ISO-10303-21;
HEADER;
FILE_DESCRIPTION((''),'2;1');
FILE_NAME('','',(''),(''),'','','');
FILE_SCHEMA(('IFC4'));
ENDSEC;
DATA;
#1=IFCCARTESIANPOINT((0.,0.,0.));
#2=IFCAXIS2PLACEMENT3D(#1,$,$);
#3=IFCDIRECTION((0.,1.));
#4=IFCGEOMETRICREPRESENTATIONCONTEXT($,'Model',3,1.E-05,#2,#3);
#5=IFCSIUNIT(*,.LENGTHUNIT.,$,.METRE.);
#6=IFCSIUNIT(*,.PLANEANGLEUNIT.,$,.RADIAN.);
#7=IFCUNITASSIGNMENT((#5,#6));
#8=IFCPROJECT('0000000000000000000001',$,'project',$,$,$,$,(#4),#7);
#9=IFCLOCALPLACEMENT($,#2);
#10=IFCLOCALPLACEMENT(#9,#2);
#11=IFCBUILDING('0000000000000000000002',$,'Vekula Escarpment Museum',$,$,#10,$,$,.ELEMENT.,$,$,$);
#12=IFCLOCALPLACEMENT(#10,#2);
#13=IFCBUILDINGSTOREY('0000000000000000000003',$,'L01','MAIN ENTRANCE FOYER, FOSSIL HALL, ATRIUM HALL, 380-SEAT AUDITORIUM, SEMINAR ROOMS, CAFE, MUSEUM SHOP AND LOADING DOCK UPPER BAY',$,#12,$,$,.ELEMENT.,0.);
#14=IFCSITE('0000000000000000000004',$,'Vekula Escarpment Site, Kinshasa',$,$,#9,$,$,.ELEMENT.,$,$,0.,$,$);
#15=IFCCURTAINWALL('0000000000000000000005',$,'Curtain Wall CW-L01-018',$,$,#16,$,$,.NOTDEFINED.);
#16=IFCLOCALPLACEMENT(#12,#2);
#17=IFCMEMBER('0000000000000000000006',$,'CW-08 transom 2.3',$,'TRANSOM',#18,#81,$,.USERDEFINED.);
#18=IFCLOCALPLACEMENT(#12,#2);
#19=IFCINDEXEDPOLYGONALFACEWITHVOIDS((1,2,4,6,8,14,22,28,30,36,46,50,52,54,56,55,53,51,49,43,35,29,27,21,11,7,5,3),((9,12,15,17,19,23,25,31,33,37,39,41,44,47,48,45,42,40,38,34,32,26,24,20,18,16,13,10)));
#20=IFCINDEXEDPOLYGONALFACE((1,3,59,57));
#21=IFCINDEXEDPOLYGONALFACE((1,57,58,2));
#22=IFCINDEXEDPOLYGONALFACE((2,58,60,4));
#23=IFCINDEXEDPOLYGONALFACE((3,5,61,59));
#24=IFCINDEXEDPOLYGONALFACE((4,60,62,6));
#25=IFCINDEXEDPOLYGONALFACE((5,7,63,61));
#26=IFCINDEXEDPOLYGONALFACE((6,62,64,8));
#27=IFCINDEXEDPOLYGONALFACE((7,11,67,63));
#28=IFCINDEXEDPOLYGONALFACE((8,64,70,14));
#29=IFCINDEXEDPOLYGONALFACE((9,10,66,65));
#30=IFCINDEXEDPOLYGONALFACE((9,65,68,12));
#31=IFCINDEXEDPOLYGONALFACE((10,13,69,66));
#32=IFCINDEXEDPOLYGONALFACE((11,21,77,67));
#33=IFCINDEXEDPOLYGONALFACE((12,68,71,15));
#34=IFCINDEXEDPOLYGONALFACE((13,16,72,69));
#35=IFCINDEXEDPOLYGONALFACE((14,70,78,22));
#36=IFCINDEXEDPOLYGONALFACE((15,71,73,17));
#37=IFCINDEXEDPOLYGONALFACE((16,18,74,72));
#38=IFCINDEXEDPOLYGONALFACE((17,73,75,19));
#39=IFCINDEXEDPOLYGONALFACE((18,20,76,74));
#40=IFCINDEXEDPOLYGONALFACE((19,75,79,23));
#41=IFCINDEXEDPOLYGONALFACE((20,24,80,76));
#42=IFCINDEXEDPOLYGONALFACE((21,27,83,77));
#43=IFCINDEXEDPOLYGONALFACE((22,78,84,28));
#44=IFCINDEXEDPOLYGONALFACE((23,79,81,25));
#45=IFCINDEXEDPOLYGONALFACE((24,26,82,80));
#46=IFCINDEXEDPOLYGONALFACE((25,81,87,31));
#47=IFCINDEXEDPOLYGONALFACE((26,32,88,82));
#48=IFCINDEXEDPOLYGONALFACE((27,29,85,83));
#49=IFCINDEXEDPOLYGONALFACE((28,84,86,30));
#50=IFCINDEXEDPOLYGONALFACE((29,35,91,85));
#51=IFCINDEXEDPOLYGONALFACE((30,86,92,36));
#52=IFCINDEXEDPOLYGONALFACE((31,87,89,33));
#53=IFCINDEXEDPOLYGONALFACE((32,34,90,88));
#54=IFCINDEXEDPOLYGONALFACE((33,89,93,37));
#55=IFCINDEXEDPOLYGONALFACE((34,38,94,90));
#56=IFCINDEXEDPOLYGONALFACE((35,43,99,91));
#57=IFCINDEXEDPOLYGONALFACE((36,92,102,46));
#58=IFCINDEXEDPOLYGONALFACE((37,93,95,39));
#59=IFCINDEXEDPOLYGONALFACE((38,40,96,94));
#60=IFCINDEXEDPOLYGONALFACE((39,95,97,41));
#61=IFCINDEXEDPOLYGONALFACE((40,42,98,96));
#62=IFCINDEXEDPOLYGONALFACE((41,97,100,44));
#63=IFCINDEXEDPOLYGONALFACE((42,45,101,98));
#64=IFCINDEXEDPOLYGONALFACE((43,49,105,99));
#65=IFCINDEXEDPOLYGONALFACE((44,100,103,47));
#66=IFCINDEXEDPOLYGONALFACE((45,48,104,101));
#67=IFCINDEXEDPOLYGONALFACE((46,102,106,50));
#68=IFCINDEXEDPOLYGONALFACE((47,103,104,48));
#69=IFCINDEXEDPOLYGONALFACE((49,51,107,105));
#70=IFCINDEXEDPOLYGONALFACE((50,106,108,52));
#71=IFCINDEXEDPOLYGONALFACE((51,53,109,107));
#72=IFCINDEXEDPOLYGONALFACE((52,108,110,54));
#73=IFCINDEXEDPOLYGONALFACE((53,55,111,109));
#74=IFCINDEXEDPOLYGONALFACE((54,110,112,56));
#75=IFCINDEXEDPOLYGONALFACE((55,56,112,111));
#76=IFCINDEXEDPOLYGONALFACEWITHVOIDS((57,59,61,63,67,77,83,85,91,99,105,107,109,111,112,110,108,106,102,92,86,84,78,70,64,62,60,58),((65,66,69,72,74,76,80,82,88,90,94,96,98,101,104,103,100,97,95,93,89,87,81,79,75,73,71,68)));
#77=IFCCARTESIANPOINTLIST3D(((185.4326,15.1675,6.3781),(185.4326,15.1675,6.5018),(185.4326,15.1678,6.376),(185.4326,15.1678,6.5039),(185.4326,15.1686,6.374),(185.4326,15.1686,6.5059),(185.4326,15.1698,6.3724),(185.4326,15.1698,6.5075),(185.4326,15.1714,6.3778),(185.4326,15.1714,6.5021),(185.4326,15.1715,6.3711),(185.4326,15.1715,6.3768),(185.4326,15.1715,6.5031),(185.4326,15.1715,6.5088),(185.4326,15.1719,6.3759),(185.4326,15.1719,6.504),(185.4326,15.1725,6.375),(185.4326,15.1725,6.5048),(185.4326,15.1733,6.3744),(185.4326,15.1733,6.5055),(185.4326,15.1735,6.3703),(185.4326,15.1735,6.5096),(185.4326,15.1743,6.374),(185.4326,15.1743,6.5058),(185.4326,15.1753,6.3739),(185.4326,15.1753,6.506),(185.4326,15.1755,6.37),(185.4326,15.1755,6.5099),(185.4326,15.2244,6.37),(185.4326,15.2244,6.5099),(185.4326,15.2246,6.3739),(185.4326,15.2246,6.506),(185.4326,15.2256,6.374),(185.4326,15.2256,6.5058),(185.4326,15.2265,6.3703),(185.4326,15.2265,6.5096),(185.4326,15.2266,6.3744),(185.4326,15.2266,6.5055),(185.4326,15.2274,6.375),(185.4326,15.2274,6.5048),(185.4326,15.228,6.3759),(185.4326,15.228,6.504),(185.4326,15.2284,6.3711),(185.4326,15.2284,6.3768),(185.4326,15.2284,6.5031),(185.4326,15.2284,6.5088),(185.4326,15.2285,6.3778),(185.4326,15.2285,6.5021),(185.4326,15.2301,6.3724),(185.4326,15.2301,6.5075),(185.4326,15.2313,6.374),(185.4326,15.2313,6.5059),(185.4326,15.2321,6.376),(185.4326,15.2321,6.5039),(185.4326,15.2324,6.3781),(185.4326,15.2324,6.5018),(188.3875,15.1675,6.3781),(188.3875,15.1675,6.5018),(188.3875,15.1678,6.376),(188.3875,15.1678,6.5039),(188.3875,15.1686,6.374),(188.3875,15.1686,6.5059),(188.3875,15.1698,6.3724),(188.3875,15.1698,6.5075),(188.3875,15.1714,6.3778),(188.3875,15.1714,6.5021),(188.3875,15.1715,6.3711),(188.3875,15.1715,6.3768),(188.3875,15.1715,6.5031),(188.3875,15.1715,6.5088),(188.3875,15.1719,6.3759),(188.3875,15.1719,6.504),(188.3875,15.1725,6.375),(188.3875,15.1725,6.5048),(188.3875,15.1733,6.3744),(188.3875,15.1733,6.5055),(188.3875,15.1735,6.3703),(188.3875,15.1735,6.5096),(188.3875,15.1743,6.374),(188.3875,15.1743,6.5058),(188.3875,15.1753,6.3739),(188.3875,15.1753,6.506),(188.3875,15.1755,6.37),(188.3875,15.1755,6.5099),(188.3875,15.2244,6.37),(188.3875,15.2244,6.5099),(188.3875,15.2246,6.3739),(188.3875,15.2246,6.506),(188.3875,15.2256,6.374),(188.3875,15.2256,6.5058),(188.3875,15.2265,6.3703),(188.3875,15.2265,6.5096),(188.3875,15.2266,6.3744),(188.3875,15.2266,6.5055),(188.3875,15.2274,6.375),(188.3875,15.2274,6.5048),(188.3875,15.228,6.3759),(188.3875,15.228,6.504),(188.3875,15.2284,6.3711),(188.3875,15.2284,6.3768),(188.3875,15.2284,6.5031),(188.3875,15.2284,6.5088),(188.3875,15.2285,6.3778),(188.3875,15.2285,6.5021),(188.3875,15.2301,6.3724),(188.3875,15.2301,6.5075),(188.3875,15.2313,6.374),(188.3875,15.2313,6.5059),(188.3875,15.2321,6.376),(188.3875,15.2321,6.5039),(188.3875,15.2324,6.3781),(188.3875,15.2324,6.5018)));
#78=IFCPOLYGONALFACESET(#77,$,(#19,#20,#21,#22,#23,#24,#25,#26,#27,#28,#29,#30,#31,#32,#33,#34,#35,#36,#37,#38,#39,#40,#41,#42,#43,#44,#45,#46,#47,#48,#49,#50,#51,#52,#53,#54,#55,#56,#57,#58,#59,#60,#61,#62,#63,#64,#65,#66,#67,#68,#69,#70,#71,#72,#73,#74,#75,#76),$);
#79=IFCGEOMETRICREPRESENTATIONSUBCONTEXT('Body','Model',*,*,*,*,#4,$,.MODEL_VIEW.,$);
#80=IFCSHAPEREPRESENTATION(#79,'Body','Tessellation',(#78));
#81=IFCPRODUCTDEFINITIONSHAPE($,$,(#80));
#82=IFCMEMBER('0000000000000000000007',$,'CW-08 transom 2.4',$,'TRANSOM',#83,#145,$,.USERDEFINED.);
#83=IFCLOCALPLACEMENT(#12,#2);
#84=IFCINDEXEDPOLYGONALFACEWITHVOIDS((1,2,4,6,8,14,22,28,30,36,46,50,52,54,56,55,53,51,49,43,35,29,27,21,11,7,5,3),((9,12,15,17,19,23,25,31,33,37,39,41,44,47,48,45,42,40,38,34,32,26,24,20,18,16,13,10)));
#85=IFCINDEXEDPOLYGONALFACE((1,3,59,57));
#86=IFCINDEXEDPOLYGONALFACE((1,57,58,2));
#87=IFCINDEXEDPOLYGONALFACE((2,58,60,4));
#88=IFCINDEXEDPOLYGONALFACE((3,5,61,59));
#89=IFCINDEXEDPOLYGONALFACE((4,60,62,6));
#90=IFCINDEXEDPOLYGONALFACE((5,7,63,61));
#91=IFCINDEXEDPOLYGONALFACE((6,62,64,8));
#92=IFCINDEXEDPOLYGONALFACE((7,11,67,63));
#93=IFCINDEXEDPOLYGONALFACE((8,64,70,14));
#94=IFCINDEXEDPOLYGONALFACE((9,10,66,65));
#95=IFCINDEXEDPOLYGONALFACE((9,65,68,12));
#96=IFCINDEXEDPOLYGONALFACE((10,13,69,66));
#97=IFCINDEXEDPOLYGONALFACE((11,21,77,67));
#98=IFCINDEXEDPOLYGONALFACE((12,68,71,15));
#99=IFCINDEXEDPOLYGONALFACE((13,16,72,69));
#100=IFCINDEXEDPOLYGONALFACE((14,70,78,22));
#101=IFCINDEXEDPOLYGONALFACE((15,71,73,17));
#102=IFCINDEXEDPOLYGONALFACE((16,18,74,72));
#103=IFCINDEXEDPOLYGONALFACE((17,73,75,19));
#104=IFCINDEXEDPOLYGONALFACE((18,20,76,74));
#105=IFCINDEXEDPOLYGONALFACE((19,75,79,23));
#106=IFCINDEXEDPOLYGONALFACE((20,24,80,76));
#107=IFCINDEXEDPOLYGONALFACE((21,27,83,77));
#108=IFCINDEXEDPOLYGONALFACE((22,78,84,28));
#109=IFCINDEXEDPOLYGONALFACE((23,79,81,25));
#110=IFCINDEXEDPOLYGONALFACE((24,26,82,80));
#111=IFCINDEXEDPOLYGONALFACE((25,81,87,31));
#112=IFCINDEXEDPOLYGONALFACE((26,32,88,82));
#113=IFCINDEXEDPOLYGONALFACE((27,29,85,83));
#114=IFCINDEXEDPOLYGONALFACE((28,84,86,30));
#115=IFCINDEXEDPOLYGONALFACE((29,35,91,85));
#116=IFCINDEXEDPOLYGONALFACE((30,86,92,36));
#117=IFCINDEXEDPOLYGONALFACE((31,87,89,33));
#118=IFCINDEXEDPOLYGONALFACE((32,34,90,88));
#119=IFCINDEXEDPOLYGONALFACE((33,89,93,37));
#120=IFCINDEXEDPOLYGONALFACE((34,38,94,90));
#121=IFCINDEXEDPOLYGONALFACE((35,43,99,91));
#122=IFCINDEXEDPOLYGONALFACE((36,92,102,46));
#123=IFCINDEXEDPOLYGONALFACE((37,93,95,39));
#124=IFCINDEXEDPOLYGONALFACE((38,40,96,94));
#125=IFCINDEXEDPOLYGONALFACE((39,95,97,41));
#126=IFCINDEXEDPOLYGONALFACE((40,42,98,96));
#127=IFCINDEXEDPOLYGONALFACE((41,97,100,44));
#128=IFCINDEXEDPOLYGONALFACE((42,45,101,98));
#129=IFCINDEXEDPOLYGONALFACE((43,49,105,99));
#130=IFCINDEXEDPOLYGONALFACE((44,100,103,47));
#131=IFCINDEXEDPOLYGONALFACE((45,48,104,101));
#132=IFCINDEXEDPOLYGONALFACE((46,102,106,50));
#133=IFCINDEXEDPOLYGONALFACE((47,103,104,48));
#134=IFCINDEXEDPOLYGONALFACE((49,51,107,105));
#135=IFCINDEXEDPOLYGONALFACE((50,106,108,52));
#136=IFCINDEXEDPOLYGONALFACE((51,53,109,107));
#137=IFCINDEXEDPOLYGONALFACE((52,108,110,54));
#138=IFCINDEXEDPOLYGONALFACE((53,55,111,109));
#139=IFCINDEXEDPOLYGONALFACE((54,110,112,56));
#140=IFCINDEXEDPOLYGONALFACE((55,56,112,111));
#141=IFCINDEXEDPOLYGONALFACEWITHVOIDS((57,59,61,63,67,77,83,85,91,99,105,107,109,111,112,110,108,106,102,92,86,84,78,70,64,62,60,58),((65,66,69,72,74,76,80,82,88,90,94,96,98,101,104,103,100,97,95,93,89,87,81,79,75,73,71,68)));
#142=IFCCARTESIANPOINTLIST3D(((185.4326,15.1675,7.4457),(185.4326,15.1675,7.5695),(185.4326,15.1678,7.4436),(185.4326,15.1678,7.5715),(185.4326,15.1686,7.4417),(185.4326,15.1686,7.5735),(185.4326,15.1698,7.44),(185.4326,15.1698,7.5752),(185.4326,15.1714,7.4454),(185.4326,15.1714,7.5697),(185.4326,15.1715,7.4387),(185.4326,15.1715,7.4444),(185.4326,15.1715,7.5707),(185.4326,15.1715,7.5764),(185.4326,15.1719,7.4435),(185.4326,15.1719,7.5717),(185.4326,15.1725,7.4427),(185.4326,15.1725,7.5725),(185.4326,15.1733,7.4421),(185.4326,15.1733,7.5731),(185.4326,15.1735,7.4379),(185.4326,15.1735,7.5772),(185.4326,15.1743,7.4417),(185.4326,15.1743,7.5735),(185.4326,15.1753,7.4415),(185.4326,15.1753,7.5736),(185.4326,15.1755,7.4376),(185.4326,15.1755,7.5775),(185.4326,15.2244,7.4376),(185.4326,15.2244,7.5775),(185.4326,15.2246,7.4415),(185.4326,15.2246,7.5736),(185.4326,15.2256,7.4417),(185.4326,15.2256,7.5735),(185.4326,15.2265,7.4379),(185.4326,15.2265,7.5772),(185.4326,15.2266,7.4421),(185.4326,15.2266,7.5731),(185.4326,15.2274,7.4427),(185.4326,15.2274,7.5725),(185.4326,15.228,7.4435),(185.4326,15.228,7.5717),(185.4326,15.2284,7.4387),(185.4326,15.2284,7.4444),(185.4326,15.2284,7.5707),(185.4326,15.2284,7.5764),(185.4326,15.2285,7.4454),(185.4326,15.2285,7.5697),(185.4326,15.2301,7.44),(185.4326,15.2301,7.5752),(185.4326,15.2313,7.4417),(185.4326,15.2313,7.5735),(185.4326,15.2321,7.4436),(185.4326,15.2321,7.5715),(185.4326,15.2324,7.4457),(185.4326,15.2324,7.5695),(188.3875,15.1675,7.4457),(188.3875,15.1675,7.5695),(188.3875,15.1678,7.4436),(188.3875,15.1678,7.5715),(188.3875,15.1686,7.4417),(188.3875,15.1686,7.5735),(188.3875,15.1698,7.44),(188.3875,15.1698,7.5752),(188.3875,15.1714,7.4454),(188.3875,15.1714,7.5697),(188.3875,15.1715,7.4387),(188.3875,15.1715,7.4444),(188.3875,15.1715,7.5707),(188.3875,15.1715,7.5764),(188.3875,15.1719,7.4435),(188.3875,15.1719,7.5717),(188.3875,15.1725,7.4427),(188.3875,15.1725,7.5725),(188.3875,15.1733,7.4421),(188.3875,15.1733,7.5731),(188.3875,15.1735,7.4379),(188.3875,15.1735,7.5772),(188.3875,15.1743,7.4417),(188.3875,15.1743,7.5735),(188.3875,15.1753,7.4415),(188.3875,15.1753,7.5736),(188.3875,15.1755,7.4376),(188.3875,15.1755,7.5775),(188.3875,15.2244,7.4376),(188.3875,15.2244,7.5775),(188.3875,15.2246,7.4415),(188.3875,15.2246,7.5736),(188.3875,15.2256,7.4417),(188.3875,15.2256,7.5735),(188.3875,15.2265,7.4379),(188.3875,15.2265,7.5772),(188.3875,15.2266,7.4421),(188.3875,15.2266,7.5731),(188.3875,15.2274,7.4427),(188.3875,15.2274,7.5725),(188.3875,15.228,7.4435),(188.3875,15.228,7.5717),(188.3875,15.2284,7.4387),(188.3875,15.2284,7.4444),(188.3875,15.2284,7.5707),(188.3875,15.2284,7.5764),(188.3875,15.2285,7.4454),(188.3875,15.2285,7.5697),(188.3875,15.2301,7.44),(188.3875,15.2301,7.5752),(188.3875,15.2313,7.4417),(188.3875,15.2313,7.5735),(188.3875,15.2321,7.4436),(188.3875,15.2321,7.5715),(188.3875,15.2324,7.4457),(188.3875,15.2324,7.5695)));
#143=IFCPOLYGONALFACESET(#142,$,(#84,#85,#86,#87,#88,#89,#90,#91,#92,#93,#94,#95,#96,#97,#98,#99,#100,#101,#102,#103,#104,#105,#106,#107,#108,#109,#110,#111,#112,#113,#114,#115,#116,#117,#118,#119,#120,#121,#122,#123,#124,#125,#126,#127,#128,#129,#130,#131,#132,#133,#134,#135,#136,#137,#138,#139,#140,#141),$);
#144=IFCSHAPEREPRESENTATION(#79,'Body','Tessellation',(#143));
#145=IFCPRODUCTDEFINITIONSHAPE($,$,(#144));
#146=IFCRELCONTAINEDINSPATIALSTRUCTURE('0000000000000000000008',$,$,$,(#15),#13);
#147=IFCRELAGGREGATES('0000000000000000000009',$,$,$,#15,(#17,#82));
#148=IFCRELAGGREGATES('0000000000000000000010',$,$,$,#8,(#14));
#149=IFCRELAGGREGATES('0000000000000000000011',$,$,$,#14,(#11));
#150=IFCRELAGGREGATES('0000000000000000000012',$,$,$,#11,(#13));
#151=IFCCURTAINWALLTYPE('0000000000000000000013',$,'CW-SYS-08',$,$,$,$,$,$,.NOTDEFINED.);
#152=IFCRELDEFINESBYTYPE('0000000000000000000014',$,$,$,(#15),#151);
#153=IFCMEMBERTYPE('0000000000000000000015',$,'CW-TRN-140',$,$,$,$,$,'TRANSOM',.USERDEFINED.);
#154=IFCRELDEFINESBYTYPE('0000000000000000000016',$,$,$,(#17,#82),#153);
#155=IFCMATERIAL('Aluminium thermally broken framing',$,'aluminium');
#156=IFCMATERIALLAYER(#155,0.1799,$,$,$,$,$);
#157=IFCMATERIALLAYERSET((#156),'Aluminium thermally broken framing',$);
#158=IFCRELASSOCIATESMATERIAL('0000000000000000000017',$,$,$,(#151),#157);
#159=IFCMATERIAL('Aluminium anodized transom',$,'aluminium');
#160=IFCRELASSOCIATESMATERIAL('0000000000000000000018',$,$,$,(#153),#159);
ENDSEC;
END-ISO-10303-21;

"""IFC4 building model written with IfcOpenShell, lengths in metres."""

from ifc_helpers import new_model, si_unit, direction, frame, origin, origin_2d, place, context, subcontext, project, spatial, hollow_rectangle, extrude, material, layer, layer_set, material_profile, profile_set, type_object, element, aggregate, save


model = new_model("IFC4")

# Units and contexts
model_context = context("Model", 3, precision=1e-05, world=origin(), true_north=direction((0.0, 1.0)))
body_context = subcontext(model_context, "Body", "Model", "MODEL_VIEW")
ifc_project = project(units=[si_unit("LENGTHUNIT", "METRE"), si_unit("PLANEANGLEUNIT", "RADIAN")], contexts=[model_context])

# Site, building, storey
site_placement = place(None, origin())
site = spatial("IfcSite", under=ifc_project, at=site_placement, Name="Vekula Escarpment Site, Kinshasa", CompositionType="ELEMENT", RefElevation=0.0)
building_placement = place(site_placement, origin())
building = spatial("IfcBuilding", under=site, at=building_placement, Name="Vekula Escarpment Museum", CompositionType="ELEMENT")
storey_placement = place(building_placement, origin())
storey = spatial("IfcBuildingStorey", under=building, at=storey_placement, Name="L01", Description="MAIN ENTRANCE FOYER, FOSSIL HALL, ATRIUM HALL, 380-SEAT AUDITORIUM, SEMINAR ROOMS, CAFE, MUSEUM SHOP AND LOADING DOCK UPPER BAY", CompositionType="ELEMENT", Elevation=0.0)

# Curtain wall, members
ifc_material_1 = material(Name="Aluminium thermally broken framing", Category="aluminium")
ifc_layer_1 = layer(ifc_material_1, 0.1799)
ifc_layer_set_1 = layer_set([ifc_layer_1], Name="Aluminium thermally broken framing")
curtain_wall_type = type_object("IfcCurtainWallType", Name="CW-SYS-08", PredefinedType="NOTDEFINED", material=ifc_layer_set_1)
curtain_wall_placement = place(storey_placement, origin())
curtain_wall = element("IfcCurtainWall", 1, at=curtain_wall_placement, inside=storey, type_object=curtain_wall_type, Name="Curtain Wall CW-L01-018", PredefinedType="NOTDEFINED")
ifc_material_2 = material(Name="Aluminium anodized transom", Category="aluminium")
ifc_material_profile_1 = material_profile(ifc_material_2, hollow_rectangle(XDim=0.0649, YDim=0.1399, WallThickness=0.0039, InnerFilletRadius=0.0039, OuterFilletRadius=0.0081, at=origin_2d()), Name="ALU 140x65x4")
ifc_profile_set_1 = profile_set([ifc_material_profile_1], Name="Aluminium anodized transom")
member_type_1 = type_object("IfcMemberType", Name="CW-TRN-140", ElementType="TRANSOM", PredefinedType="USERDEFINED", material=ifc_profile_set_1)
member_1_placement = place(storey_placement, frame((188.3875, 15.2, 6.4399), z_axis=(-1.0, 0.0, 0.0), x_axis=(0.0, -1.0, 0.0)))
member_1 = element("IfcMember", 2, at=member_1_placement, type_object=member_type_1, Name="CW-08 transom 2.3", ObjectType="TRANSOM", PredefinedType="USERDEFINED", context=body_context, shape_type="SweptSolid", body=[
    extrude(hollow_rectangle(XDim=0.0649, YDim=0.1399, WallThickness=0.0039, InnerFilletRadius=0.0039, OuterFilletRadius=0.0081, at=origin_2d()), origin(), (0.0, 0.0, 1.0), 2.9548),
])
member_2_placement = place(storey_placement, frame((188.3875, 15.2, 7.5076), z_axis=(-1.0, 0.0, 0.0), x_axis=(0.0, -1.0, 0.0)))
member_2 = element("IfcMember", 3, at=member_2_placement, type_object=member_type_1, Name="CW-08 transom 2.4", ObjectType="TRANSOM", PredefinedType="USERDEFINED", context=body_context, shape_type="SweptSolid", body=[
    extrude(hollow_rectangle(XDim=0.0649, YDim=0.1399, WallThickness=0.0039, InnerFilletRadius=0.0039, OuterFilletRadius=0.0081, at=origin_2d()), origin(), (0.0, 0.0, 1.0), 2.9548),
])
aggregate(curtain_wall, [member_1, member_2])

save(model, "model.ifc")
